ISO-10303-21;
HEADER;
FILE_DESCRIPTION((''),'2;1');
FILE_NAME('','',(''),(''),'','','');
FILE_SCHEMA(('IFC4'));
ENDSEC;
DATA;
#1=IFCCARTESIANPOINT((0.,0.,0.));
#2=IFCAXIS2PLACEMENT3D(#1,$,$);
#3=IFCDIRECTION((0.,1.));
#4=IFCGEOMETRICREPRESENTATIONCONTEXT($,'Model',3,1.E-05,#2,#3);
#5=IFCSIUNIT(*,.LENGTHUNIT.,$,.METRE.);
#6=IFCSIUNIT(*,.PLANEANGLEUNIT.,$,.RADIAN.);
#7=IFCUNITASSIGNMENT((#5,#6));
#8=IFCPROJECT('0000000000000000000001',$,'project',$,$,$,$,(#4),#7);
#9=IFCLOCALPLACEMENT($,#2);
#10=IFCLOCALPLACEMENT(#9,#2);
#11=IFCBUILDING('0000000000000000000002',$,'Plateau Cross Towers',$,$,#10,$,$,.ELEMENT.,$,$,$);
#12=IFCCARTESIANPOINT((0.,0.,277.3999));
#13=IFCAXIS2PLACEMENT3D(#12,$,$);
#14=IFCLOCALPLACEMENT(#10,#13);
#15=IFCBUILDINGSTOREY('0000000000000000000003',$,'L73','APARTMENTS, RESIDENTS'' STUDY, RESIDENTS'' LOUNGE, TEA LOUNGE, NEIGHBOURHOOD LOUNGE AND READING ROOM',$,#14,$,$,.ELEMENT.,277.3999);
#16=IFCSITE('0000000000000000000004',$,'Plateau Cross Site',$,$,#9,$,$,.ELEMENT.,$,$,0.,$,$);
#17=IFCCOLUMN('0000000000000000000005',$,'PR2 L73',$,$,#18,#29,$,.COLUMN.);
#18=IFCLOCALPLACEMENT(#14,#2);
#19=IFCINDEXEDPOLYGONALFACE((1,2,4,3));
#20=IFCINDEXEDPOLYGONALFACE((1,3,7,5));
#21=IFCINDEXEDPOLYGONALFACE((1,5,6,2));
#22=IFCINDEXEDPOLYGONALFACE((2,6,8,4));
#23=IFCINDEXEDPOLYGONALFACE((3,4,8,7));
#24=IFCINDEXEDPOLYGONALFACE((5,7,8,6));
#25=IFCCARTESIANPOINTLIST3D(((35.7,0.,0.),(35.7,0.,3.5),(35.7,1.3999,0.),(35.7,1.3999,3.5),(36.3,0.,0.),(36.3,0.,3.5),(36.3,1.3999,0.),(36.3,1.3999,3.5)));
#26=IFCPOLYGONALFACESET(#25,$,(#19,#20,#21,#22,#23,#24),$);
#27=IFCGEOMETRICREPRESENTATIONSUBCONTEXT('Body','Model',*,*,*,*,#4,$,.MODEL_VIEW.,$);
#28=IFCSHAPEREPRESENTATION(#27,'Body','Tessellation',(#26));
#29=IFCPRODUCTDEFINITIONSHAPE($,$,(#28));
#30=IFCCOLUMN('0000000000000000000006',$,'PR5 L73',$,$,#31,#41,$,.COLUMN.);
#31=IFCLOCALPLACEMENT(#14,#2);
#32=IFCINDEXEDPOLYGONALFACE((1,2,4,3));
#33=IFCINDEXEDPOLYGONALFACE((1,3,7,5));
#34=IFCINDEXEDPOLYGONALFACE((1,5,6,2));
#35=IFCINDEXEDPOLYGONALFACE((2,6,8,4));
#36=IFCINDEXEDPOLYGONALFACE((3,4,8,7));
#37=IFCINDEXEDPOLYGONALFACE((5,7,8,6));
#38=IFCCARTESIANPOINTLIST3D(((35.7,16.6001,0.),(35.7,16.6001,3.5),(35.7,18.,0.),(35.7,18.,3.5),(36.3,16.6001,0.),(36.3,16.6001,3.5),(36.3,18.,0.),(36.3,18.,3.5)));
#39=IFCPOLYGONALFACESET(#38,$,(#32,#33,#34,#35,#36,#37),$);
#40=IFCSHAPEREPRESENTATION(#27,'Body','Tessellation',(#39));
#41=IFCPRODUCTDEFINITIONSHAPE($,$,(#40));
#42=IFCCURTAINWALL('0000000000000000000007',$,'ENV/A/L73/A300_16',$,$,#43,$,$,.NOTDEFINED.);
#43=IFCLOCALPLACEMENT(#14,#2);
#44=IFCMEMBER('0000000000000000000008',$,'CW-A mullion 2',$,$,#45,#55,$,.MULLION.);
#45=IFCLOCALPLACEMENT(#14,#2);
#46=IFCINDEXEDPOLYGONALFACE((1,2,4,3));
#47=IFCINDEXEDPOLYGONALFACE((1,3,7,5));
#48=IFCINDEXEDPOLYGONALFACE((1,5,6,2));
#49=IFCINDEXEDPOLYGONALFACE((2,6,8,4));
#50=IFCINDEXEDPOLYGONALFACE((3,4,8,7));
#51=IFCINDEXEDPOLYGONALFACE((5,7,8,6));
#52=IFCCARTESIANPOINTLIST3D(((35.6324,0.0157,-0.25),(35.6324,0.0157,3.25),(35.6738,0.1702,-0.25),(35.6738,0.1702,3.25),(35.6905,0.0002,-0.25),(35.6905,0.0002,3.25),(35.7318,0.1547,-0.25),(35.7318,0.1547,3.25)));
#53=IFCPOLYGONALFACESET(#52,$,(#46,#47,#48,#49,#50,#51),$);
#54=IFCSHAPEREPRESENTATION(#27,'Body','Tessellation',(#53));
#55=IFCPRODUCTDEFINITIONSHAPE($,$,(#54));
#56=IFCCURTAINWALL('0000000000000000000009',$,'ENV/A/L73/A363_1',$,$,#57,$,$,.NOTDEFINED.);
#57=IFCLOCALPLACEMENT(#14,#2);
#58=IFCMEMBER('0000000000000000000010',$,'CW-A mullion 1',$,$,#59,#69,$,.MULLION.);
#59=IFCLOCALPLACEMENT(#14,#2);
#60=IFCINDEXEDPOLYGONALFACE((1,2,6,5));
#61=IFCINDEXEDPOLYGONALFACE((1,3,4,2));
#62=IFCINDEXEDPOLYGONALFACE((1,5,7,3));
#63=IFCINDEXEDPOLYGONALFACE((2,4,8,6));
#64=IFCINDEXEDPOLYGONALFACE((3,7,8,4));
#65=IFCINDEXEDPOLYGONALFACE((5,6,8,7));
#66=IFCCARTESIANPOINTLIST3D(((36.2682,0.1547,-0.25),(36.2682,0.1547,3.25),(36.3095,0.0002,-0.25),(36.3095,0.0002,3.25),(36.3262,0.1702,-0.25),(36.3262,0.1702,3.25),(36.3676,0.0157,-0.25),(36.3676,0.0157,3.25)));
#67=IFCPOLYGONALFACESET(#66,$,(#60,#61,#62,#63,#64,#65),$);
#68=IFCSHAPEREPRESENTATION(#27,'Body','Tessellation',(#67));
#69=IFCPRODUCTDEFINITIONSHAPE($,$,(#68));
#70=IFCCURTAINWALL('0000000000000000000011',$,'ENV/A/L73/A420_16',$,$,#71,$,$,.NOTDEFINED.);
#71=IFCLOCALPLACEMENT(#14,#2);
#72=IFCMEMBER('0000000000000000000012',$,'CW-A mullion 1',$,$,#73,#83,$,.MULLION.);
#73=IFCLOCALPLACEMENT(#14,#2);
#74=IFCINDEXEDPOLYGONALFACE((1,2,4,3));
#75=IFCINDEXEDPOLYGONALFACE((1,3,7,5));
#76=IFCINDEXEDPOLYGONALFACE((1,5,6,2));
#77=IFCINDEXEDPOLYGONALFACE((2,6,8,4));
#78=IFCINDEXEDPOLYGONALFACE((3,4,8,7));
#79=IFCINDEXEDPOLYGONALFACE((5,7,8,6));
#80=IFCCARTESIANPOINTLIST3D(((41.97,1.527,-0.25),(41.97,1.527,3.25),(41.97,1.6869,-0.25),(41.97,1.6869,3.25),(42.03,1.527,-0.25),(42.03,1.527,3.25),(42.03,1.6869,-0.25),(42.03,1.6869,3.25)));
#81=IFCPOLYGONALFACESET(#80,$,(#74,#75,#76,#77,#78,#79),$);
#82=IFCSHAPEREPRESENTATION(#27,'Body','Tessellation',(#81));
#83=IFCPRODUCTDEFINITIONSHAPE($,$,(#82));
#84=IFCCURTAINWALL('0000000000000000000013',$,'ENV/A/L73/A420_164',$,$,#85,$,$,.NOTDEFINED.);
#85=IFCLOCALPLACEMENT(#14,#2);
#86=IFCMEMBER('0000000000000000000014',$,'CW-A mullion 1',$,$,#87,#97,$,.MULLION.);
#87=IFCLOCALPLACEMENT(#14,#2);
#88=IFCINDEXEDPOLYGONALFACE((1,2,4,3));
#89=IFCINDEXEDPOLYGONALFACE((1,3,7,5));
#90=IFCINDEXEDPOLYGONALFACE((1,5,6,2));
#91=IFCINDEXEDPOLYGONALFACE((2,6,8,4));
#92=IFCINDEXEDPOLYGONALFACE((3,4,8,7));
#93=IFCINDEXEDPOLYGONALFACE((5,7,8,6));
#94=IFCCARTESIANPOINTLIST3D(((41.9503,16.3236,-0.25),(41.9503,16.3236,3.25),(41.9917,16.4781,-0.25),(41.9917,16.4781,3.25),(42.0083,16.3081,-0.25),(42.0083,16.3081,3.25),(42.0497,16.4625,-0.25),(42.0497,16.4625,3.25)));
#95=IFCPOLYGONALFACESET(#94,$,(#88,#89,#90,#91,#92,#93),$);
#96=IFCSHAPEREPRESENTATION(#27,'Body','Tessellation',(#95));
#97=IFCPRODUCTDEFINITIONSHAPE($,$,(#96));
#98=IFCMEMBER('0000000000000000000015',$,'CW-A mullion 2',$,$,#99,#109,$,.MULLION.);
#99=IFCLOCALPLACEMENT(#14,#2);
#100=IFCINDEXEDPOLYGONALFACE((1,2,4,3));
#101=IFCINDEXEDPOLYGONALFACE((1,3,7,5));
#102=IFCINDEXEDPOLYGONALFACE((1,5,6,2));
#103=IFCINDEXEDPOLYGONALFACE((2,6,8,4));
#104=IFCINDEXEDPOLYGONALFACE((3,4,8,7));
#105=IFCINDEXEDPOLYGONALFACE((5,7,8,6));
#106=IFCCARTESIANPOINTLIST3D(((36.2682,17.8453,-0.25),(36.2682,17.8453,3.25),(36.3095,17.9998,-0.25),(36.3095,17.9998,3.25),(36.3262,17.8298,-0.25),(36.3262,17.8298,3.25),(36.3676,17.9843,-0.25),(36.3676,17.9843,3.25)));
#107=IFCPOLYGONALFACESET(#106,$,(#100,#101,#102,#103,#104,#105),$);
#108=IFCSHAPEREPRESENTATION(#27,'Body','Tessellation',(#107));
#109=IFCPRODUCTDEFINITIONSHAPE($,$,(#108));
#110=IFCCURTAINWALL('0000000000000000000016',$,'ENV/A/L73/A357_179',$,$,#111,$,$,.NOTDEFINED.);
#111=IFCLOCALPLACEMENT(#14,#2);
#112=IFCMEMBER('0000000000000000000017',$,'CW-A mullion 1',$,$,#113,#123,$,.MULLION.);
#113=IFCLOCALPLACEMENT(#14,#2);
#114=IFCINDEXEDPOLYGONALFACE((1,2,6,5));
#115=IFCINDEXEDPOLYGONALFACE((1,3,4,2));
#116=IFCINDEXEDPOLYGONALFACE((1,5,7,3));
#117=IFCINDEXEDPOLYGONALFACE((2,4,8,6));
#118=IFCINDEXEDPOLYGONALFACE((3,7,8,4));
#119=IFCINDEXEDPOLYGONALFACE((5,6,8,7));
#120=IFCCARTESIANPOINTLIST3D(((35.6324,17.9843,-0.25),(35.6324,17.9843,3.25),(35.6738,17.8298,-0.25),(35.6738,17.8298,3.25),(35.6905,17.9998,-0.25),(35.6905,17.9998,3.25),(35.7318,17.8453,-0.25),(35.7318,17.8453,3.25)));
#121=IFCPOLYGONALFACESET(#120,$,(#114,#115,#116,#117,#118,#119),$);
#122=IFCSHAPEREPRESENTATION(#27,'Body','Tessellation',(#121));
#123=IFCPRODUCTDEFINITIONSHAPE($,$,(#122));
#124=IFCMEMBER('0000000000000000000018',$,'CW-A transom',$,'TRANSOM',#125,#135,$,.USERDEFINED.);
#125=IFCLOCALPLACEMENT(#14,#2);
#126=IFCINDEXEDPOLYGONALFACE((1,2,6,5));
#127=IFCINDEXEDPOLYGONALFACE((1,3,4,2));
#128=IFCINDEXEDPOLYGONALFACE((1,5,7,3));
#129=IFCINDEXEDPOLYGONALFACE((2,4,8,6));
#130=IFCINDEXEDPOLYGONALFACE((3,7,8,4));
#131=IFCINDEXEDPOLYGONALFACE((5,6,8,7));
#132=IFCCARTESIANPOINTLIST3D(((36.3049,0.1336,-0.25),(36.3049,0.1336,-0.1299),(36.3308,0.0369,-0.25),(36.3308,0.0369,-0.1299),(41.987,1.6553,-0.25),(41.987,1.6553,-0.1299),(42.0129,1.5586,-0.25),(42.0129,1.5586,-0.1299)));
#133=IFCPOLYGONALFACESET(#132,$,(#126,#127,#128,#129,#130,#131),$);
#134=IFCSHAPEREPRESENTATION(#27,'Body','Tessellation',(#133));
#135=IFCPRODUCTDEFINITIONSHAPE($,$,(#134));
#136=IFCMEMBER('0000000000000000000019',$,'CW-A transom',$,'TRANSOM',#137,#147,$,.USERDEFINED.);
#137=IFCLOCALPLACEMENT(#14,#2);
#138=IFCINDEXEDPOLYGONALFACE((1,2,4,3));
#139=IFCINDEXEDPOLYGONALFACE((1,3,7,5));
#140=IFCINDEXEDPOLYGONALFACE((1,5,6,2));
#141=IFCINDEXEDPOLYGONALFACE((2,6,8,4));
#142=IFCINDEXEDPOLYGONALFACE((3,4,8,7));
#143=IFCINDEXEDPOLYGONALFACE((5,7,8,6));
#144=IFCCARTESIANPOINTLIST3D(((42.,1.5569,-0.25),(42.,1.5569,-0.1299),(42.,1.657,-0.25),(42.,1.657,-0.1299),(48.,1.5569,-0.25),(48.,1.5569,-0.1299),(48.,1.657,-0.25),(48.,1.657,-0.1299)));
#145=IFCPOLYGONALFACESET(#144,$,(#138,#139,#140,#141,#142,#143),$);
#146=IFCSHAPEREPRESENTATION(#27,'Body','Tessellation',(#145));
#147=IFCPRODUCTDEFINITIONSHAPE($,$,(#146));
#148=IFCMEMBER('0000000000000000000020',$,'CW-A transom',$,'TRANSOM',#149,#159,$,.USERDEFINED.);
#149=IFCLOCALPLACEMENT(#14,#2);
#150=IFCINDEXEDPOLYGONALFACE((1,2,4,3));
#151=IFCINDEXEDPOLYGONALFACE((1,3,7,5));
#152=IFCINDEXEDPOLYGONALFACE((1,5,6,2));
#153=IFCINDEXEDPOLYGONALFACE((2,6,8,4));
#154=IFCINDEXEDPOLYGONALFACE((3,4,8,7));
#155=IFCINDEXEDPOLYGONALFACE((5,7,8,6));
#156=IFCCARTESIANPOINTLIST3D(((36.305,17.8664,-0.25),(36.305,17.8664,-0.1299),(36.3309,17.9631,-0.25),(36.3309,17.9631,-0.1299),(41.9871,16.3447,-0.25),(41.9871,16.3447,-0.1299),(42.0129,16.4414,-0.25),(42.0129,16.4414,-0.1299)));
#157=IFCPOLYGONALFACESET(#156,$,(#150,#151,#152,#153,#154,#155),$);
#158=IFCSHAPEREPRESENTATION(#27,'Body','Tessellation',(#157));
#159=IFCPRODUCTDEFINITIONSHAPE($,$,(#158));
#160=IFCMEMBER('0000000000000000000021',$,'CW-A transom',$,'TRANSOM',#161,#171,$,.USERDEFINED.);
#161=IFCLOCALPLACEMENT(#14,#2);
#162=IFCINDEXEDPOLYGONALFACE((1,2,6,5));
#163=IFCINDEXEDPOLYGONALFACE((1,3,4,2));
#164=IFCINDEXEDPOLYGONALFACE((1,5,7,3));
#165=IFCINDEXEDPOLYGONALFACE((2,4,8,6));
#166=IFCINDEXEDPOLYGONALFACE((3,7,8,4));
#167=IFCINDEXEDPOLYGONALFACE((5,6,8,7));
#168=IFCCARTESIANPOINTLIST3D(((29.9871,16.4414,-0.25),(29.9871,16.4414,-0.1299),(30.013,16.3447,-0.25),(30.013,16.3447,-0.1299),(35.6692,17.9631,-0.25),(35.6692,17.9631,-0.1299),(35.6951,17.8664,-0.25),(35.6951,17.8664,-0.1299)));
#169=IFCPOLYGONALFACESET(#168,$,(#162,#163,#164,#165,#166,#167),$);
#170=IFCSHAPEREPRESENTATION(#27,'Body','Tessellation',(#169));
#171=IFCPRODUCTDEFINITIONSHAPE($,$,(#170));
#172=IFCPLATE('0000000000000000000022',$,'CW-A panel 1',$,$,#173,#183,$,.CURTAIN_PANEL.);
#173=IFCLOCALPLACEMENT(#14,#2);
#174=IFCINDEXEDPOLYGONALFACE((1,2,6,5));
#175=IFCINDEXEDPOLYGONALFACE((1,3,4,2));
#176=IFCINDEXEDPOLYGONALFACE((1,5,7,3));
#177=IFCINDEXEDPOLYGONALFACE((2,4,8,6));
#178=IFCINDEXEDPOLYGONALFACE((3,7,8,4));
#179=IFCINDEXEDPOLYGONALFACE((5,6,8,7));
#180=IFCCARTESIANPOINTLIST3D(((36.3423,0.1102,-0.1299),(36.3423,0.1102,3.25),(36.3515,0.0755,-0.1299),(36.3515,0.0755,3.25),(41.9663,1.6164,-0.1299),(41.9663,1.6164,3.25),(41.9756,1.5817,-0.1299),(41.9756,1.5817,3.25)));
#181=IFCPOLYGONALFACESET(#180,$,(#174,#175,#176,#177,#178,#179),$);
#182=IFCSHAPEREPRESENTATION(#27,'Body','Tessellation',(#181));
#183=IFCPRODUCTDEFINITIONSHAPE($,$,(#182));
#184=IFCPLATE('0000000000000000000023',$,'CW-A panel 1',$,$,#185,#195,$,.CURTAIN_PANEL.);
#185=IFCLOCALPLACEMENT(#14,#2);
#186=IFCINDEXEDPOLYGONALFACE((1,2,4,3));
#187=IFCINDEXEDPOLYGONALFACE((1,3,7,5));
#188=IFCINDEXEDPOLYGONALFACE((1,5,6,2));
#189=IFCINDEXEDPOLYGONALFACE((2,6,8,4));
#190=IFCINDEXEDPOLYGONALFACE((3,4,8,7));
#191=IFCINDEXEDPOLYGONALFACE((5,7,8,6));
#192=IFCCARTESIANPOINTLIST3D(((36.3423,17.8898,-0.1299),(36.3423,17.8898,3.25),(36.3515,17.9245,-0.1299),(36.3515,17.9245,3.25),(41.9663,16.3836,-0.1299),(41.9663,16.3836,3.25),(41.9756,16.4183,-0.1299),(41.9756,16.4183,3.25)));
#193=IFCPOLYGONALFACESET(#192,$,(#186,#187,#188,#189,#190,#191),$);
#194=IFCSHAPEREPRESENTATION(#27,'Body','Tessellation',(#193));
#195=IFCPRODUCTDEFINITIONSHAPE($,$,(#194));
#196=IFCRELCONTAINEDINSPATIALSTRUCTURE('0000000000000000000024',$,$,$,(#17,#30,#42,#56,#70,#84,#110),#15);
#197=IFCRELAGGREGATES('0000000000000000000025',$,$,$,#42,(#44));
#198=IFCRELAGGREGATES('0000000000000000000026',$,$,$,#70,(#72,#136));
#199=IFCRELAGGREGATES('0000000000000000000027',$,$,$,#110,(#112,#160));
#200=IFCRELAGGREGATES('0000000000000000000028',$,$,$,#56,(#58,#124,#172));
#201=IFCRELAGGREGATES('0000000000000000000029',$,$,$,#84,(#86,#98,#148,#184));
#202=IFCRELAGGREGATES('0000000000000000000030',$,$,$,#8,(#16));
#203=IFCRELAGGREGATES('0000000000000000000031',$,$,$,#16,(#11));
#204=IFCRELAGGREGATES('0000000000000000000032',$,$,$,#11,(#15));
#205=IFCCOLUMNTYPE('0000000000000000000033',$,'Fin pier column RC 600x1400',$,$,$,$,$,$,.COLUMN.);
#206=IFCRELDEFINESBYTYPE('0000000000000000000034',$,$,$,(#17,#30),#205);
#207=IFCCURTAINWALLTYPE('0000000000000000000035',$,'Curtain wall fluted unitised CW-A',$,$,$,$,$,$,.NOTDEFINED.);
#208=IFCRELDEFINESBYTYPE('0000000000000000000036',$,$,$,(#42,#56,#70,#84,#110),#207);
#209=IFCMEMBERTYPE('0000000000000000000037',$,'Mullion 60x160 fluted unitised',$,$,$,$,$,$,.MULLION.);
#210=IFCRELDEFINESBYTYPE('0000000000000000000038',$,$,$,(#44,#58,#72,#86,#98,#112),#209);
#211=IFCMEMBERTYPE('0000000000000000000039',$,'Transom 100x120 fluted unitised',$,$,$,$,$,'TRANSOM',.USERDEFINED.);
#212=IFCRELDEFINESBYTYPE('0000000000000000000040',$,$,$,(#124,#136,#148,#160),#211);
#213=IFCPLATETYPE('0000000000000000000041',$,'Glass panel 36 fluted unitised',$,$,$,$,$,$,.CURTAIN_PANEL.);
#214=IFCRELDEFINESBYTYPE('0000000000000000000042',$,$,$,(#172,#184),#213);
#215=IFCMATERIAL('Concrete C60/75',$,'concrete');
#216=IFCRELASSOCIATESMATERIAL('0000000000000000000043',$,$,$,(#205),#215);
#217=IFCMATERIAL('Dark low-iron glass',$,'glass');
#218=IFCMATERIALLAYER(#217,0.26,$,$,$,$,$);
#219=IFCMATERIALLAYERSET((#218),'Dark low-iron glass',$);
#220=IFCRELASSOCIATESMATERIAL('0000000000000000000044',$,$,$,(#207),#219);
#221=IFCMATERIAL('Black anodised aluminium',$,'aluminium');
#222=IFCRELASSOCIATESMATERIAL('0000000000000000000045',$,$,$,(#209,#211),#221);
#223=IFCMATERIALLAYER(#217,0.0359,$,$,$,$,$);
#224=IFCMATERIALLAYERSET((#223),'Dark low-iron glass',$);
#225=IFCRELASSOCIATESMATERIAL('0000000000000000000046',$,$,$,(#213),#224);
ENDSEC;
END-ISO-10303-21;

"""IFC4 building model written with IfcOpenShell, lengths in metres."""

from ifc_helpers import new_model, si_unit, direction, frame, origin, origin_2d, place, context, subcontext, project, spatial, rectangle, extrude, material, layer, layer_set, material_profile, profile_set, type_object, element, aggregate, save


model = new_model("IFC4")

# Units and contexts
model_context = context("Model", 3, precision=1e-05, world=origin(), true_north=direction((0.0, 1.0)))
body_context = subcontext(model_context, "Body", "Model", "MODEL_VIEW")
ifc_project = project(units=[si_unit("LENGTHUNIT", "METRE"), si_unit("PLANEANGLEUNIT", "RADIAN")], contexts=[model_context])

# Site, building, storey
site_placement = place(None, origin())
site = spatial("IfcSite", under=ifc_project, at=site_placement, Name="Plateau Cross Site", CompositionType="ELEMENT", RefElevation=0.0)
building_placement = place(site_placement, origin())
building = spatial("IfcBuilding", under=site, at=building_placement, Name="Plateau Cross Towers", CompositionType="ELEMENT")
storey_placement = place(building_placement, frame((0.0, 0.0, 277.3999)))
storey = spatial("IfcBuildingStorey", under=building, at=storey_placement, Name="L73", Description="APARTMENTS, RESIDENTS' STUDY, RESIDENTS' LOUNGE, TEA LOUNGE, NEIGHBOURHOOD LOUNGE AND READING ROOM", CompositionType="ELEMENT", Elevation=277.3999)

# Columns
ifc_material_1 = material(Name="Concrete C60/75", Category="concrete")
ifc_material_profile_1 = material_profile(ifc_material_1, rectangle(XDim=0.6001, YDim=1.3999, at=origin_2d()), Name="RC 600x1400")
ifc_profile_set_1 = profile_set([ifc_material_profile_1], Name="Concrete C60/75")
column_type = type_object("IfcColumnType", Name="Fin pier column RC 600x1400", PredefinedType="COLUMN", material=ifc_profile_set_1)
for number, where, z_axis, x_axis, name in (
    (1, (36.0, 0.7, 0.0), (0.0, 0.0, 1.0), (1.0, 0.0, 0.0), "PR2 L73"),
    (2, (36.0, 17.3, 0.0), (0.0, 0.0, 1.0), (1.0, 0.0, 0.0), "PR5 L73"),
):
    element("IfcColumn", number, at=place(storey_placement, frame(where, z_axis=z_axis, x_axis=x_axis)), inside=storey, type_object=column_type, Name=name, PredefinedType="COLUMN", context=body_context, shape_type="SweptSolid", body=[
        extrude(rectangle(XDim=0.6001, YDim=1.3999, at=origin_2d()), origin(), (0.0, 0.0, 1.0), 3.5),
    ])

# Curtain walls, members
ifc_material_2 = material(Name="Dark low-iron glass", Category="glass")
ifc_layer_1 = layer(ifc_material_2, 0.26)
ifc_layer_set_1 = layer_set([ifc_layer_1], Name="Dark low-iron glass")
curtain_wall_type = type_object("IfcCurtainWallType", Name="Curtain wall fluted unitised CW-A", PredefinedType="NOTDEFINED", material=ifc_layer_set_1)
curtain_wall_1_placement = place(storey_placement, origin())
curtain_wall_1 = element("IfcCurtainWall", 3, at=curtain_wall_1_placement, inside=storey, type_object=curtain_wall_type, Name="ENV/A/L73/A300_16", PredefinedType="NOTDEFINED")
ifc_material_3 = material(Name="Black anodised aluminium", Category="aluminium")
ifc_material_profile_2 = material_profile(ifc_material_3, rectangle(XDim=0.0601, YDim=0.1599, at=origin_2d()), Name="MULLION 60x160")
ifc_profile_set_2 = profile_set([ifc_material_profile_2], Name="Black anodised aluminium")
member_type_1 = type_object("IfcMemberType", Name="Mullion 60x160 fluted unitised", PredefinedType="MULLION", material=ifc_profile_set_2)
member_1_placement = place(storey_placement, frame((35.6821, 0.0852, -0.25), z_axis=(0.0, 0.0, 1.0), x_axis=(0.965958, -0.258699, 0.0)))
member_1 = element("IfcMember", 4, at=member_1_placement, type_object=member_type_1, Name="CW-A mullion 2", PredefinedType="MULLION", context=body_context, shape_type="SweptSolid", body=[
    extrude(rectangle(XDim=0.0601, YDim=0.1599, at=origin_2d()), origin(), (0.0, 0.0, 1.0), 3.5),
])
aggregate(curtain_wall_1, [member_1])
curtain_wall_2_placement = place(storey_placement, origin())
curtain_wall_2 = element("IfcCurtainWall", 5, at=curtain_wall_2_placement, inside=storey, type_object=curtain_wall_type, Name="ENV/A/L73/A363_1", PredefinedType="NOTDEFINED")
member_2_placement = place(storey_placement, frame((36.3179, 0.0852, -0.25), z_axis=(0.0, 0.0, 1.0), x_axis=(0.965958, 0.258699, 0.0)))
member_2 = element("IfcMember", 6, at=member_2_placement, type_object=member_type_1, Name="CW-A mullion 1", PredefinedType="MULLION", context=body_context, shape_type="SweptSolid", body=[
    extrude(rectangle(XDim=0.0601, YDim=0.1599, at=origin_2d()), origin(), (0.0, 0.0, 1.0), 3.5),
])
curtain_wall_3_placement = place(storey_placement, origin())
curtain_wall_3 = element("IfcCurtainWall", 7, at=curtain_wall_3_placement, inside=storey, type_object=curtain_wall_type, Name="ENV/A/L73/A420_16", PredefinedType="NOTDEFINED")
member_3_placement = place(storey_placement, frame((42.0, 1.6069, -0.25), z_axis=(0.0, 0.0, 1.0), x_axis=(1.0, 0.0, 0.0)))
member_3 = element("IfcMember", 8, at=member_3_placement, type_object=member_type_1, Name="CW-A mullion 1", PredefinedType="MULLION", context=body_context, shape_type="SweptSolid", body=[
    extrude(rectangle(XDim=0.0601, YDim=0.1599, at=origin_2d()), origin(), (0.0, 0.0, 1.0), 3.5),
])

# Curtain wall, members
curtain_wall_4_placement = place(storey_placement, origin())
curtain_wall_4 = element("IfcCurtainWall", 9, at=curtain_wall_4_placement, inside=storey, type_object=curtain_wall_type, Name="ENV/A/L73/A420_164", PredefinedType="NOTDEFINED")
member_4_placement = place(storey_placement, frame((42.0, 16.3931, -0.25), z_axis=(0.0, 0.0, 1.0), x_axis=(-0.965958, 0.258699, 0.0)))
member_4 = element("IfcMember", 10, at=member_4_placement, type_object=member_type_1, Name="CW-A mullion 1", PredefinedType="MULLION", context=body_context, shape_type="SweptSolid", body=[
    extrude(rectangle(XDim=0.0601, YDim=0.1599, at=origin_2d()), origin(), (0.0, 0.0, 1.0), 3.5),
])
member_5_placement = place(storey_placement, frame((36.3179, 17.9148, -0.25), z_axis=(0.0, 0.0, 1.0), x_axis=(-0.965958, 0.258699, 0.0)))
member_5 = element("IfcMember", 11, at=member_5_placement, type_object=member_type_1, Name="CW-A mullion 2", PredefinedType="MULLION", context=body_context, shape_type="SweptSolid", body=[
    extrude(rectangle(XDim=0.0601, YDim=0.1599, at=origin_2d()), origin(), (0.0, 0.0, 1.0), 3.5),
])

# Curtain wall, member
curtain_wall_5_placement = place(storey_placement, origin())
curtain_wall_5 = element("IfcCurtainWall", 12, at=curtain_wall_5_placement, inside=storey, type_object=curtain_wall_type, Name="ENV/A/L73/A357_179", PredefinedType="NOTDEFINED")
member_6_placement = place(storey_placement, frame((35.6821, 17.9148, -0.25), z_axis=(0.0, 0.0, 1.0), x_axis=(-0.965958, -0.258699, 0.0)))
member_6 = element("IfcMember", 13, at=member_6_placement, type_object=member_type_1, Name="CW-A mullion 1", PredefinedType="MULLION", context=body_context, shape_type="SweptSolid", body=[
    extrude(rectangle(XDim=0.0601, YDim=0.1599, at=origin_2d()), origin(), (0.0, 0.0, 1.0), 3.5),
])

# Members
ifc_material_profile_3 = material_profile(ifc_material_3, rectangle(XDim=0.1001, YDim=0.1201, at=origin_2d()), Name="TRANSOM 100x120")
ifc_profile_set_3 = profile_set([ifc_material_profile_3], Name="Black anodised aluminium")
member_type_2 = type_object("IfcMemberType", Name="Transom 100x120 fluted unitised", ElementType="TRANSOM", PredefinedType="USERDEFINED", material=ifc_profile_set_3)
member_7_placement = place(storey_placement, frame((36.3179, 0.0852, -0.1899), z_axis=(0.96596, 0.258693, 0.0), x_axis=(-0.258693, 0.96596, 0.0)))
member_7 = element("IfcMember", 14, at=member_7_placement, type_object=member_type_2, Name="CW-A transom", ObjectType="TRANSOM", PredefinedType="USERDEFINED", context=body_context, shape_type="SweptSolid", body=[
    extrude(rectangle(XDim=0.1001, YDim=0.1201, at=origin_2d()), origin(), (0.0, 0.0, 1.0), 5.8823),
])
member_8_placement = place(storey_placement, frame((42.0, 1.6069, -0.1899), z_axis=(1.0, 0.0, 0.0), x_axis=(0.0, 1.0, 0.0)))
member_8 = element("IfcMember", 15, at=member_8_placement, type_object=member_type_2, Name="CW-A transom", ObjectType="TRANSOM", PredefinedType="USERDEFINED", context=body_context, shape_type="SweptSolid", body=[
    extrude(rectangle(XDim=0.1001, YDim=0.1201, at=origin_2d()), origin(), (0.0, 0.0, 1.0), 6.0),
])
aggregate(curtain_wall_3, [member_3, member_8])
member_9_placement = place(storey_placement, frame((42.0, 16.3931, -0.1899), z_axis=(-0.96596, 0.258693, 0.0), x_axis=(-0.258693, -0.96596, 0.0)))
member_9 = element("IfcMember", 16, at=member_9_placement, type_object=member_type_2, Name="CW-A transom", ObjectType="TRANSOM", PredefinedType="USERDEFINED", context=body_context, shape_type="SweptSolid", body=[
    extrude(rectangle(XDim=0.1001, YDim=0.1201, at=origin_2d()), origin(), (0.0, 0.0, 1.0), 5.8823),
])
member_10_placement = place(storey_placement, frame((35.6821, 17.9148, -0.1899), z_axis=(-0.96596, -0.258693, 0.0), x_axis=(0.258693, -0.96596, 0.0)))
member_10 = element("IfcMember", 17, at=member_10_placement, type_object=member_type_2, Name="CW-A transom", ObjectType="TRANSOM", PredefinedType="USERDEFINED", context=body_context, shape_type="SweptSolid", body=[
    extrude(rectangle(XDim=0.1001, YDim=0.1201, at=origin_2d()), origin(), (0.0, 0.0, 1.0), 5.8823),
])
aggregate(curtain_wall_5, [member_6, member_10])

# Plates
ifc_layer_2 = layer(ifc_material_2, 0.0359)
ifc_layer_set_2 = layer_set([ifc_layer_2], Name="Dark low-iron glass")
plate_type = type_object("IfcPlateType", Name="Glass panel 36 fluted unitised", PredefinedType="CURTAIN_PANEL", material=ifc_layer_set_2)
plate_1_placement = place(storey_placement, frame((39.1589, 0.8459, -0.1299), z_axis=(0.0, 0.0, 1.0), x_axis=(0.965958, 0.258699, 0.0)))
plate_1 = element("IfcPlate", 18, at=plate_1_placement, type_object=plate_type, Name="CW-A panel 1", PredefinedType="CURTAIN_PANEL", context=body_context, shape_type="SweptSolid", body=[
    extrude(rectangle(XDim=5.8223, YDim=0.0359, at=origin_2d()), origin(), (0.0, 0.0, 1.0), 3.3799),
])
aggregate(curtain_wall_2, [member_2, member_7, plate_1])
plate_2_placement = place(storey_placement, frame((39.1589, 17.1541, -0.1299), z_axis=(0.0, 0.0, 1.0), x_axis=(-0.965958, 0.258699, 0.0)))
plate_2 = element("IfcPlate", 19, at=plate_2_placement, type_object=plate_type, Name="CW-A panel 1", PredefinedType="CURTAIN_PANEL", context=body_context, shape_type="SweptSolid", body=[
    extrude(rectangle(XDim=5.8223, YDim=0.0359, at=origin_2d()), origin(), (0.0, 0.0, 1.0), 3.3799),
])
aggregate(curtain_wall_4, [member_4, member_5, member_9, plate_2])

save(model, "model.ifc")
